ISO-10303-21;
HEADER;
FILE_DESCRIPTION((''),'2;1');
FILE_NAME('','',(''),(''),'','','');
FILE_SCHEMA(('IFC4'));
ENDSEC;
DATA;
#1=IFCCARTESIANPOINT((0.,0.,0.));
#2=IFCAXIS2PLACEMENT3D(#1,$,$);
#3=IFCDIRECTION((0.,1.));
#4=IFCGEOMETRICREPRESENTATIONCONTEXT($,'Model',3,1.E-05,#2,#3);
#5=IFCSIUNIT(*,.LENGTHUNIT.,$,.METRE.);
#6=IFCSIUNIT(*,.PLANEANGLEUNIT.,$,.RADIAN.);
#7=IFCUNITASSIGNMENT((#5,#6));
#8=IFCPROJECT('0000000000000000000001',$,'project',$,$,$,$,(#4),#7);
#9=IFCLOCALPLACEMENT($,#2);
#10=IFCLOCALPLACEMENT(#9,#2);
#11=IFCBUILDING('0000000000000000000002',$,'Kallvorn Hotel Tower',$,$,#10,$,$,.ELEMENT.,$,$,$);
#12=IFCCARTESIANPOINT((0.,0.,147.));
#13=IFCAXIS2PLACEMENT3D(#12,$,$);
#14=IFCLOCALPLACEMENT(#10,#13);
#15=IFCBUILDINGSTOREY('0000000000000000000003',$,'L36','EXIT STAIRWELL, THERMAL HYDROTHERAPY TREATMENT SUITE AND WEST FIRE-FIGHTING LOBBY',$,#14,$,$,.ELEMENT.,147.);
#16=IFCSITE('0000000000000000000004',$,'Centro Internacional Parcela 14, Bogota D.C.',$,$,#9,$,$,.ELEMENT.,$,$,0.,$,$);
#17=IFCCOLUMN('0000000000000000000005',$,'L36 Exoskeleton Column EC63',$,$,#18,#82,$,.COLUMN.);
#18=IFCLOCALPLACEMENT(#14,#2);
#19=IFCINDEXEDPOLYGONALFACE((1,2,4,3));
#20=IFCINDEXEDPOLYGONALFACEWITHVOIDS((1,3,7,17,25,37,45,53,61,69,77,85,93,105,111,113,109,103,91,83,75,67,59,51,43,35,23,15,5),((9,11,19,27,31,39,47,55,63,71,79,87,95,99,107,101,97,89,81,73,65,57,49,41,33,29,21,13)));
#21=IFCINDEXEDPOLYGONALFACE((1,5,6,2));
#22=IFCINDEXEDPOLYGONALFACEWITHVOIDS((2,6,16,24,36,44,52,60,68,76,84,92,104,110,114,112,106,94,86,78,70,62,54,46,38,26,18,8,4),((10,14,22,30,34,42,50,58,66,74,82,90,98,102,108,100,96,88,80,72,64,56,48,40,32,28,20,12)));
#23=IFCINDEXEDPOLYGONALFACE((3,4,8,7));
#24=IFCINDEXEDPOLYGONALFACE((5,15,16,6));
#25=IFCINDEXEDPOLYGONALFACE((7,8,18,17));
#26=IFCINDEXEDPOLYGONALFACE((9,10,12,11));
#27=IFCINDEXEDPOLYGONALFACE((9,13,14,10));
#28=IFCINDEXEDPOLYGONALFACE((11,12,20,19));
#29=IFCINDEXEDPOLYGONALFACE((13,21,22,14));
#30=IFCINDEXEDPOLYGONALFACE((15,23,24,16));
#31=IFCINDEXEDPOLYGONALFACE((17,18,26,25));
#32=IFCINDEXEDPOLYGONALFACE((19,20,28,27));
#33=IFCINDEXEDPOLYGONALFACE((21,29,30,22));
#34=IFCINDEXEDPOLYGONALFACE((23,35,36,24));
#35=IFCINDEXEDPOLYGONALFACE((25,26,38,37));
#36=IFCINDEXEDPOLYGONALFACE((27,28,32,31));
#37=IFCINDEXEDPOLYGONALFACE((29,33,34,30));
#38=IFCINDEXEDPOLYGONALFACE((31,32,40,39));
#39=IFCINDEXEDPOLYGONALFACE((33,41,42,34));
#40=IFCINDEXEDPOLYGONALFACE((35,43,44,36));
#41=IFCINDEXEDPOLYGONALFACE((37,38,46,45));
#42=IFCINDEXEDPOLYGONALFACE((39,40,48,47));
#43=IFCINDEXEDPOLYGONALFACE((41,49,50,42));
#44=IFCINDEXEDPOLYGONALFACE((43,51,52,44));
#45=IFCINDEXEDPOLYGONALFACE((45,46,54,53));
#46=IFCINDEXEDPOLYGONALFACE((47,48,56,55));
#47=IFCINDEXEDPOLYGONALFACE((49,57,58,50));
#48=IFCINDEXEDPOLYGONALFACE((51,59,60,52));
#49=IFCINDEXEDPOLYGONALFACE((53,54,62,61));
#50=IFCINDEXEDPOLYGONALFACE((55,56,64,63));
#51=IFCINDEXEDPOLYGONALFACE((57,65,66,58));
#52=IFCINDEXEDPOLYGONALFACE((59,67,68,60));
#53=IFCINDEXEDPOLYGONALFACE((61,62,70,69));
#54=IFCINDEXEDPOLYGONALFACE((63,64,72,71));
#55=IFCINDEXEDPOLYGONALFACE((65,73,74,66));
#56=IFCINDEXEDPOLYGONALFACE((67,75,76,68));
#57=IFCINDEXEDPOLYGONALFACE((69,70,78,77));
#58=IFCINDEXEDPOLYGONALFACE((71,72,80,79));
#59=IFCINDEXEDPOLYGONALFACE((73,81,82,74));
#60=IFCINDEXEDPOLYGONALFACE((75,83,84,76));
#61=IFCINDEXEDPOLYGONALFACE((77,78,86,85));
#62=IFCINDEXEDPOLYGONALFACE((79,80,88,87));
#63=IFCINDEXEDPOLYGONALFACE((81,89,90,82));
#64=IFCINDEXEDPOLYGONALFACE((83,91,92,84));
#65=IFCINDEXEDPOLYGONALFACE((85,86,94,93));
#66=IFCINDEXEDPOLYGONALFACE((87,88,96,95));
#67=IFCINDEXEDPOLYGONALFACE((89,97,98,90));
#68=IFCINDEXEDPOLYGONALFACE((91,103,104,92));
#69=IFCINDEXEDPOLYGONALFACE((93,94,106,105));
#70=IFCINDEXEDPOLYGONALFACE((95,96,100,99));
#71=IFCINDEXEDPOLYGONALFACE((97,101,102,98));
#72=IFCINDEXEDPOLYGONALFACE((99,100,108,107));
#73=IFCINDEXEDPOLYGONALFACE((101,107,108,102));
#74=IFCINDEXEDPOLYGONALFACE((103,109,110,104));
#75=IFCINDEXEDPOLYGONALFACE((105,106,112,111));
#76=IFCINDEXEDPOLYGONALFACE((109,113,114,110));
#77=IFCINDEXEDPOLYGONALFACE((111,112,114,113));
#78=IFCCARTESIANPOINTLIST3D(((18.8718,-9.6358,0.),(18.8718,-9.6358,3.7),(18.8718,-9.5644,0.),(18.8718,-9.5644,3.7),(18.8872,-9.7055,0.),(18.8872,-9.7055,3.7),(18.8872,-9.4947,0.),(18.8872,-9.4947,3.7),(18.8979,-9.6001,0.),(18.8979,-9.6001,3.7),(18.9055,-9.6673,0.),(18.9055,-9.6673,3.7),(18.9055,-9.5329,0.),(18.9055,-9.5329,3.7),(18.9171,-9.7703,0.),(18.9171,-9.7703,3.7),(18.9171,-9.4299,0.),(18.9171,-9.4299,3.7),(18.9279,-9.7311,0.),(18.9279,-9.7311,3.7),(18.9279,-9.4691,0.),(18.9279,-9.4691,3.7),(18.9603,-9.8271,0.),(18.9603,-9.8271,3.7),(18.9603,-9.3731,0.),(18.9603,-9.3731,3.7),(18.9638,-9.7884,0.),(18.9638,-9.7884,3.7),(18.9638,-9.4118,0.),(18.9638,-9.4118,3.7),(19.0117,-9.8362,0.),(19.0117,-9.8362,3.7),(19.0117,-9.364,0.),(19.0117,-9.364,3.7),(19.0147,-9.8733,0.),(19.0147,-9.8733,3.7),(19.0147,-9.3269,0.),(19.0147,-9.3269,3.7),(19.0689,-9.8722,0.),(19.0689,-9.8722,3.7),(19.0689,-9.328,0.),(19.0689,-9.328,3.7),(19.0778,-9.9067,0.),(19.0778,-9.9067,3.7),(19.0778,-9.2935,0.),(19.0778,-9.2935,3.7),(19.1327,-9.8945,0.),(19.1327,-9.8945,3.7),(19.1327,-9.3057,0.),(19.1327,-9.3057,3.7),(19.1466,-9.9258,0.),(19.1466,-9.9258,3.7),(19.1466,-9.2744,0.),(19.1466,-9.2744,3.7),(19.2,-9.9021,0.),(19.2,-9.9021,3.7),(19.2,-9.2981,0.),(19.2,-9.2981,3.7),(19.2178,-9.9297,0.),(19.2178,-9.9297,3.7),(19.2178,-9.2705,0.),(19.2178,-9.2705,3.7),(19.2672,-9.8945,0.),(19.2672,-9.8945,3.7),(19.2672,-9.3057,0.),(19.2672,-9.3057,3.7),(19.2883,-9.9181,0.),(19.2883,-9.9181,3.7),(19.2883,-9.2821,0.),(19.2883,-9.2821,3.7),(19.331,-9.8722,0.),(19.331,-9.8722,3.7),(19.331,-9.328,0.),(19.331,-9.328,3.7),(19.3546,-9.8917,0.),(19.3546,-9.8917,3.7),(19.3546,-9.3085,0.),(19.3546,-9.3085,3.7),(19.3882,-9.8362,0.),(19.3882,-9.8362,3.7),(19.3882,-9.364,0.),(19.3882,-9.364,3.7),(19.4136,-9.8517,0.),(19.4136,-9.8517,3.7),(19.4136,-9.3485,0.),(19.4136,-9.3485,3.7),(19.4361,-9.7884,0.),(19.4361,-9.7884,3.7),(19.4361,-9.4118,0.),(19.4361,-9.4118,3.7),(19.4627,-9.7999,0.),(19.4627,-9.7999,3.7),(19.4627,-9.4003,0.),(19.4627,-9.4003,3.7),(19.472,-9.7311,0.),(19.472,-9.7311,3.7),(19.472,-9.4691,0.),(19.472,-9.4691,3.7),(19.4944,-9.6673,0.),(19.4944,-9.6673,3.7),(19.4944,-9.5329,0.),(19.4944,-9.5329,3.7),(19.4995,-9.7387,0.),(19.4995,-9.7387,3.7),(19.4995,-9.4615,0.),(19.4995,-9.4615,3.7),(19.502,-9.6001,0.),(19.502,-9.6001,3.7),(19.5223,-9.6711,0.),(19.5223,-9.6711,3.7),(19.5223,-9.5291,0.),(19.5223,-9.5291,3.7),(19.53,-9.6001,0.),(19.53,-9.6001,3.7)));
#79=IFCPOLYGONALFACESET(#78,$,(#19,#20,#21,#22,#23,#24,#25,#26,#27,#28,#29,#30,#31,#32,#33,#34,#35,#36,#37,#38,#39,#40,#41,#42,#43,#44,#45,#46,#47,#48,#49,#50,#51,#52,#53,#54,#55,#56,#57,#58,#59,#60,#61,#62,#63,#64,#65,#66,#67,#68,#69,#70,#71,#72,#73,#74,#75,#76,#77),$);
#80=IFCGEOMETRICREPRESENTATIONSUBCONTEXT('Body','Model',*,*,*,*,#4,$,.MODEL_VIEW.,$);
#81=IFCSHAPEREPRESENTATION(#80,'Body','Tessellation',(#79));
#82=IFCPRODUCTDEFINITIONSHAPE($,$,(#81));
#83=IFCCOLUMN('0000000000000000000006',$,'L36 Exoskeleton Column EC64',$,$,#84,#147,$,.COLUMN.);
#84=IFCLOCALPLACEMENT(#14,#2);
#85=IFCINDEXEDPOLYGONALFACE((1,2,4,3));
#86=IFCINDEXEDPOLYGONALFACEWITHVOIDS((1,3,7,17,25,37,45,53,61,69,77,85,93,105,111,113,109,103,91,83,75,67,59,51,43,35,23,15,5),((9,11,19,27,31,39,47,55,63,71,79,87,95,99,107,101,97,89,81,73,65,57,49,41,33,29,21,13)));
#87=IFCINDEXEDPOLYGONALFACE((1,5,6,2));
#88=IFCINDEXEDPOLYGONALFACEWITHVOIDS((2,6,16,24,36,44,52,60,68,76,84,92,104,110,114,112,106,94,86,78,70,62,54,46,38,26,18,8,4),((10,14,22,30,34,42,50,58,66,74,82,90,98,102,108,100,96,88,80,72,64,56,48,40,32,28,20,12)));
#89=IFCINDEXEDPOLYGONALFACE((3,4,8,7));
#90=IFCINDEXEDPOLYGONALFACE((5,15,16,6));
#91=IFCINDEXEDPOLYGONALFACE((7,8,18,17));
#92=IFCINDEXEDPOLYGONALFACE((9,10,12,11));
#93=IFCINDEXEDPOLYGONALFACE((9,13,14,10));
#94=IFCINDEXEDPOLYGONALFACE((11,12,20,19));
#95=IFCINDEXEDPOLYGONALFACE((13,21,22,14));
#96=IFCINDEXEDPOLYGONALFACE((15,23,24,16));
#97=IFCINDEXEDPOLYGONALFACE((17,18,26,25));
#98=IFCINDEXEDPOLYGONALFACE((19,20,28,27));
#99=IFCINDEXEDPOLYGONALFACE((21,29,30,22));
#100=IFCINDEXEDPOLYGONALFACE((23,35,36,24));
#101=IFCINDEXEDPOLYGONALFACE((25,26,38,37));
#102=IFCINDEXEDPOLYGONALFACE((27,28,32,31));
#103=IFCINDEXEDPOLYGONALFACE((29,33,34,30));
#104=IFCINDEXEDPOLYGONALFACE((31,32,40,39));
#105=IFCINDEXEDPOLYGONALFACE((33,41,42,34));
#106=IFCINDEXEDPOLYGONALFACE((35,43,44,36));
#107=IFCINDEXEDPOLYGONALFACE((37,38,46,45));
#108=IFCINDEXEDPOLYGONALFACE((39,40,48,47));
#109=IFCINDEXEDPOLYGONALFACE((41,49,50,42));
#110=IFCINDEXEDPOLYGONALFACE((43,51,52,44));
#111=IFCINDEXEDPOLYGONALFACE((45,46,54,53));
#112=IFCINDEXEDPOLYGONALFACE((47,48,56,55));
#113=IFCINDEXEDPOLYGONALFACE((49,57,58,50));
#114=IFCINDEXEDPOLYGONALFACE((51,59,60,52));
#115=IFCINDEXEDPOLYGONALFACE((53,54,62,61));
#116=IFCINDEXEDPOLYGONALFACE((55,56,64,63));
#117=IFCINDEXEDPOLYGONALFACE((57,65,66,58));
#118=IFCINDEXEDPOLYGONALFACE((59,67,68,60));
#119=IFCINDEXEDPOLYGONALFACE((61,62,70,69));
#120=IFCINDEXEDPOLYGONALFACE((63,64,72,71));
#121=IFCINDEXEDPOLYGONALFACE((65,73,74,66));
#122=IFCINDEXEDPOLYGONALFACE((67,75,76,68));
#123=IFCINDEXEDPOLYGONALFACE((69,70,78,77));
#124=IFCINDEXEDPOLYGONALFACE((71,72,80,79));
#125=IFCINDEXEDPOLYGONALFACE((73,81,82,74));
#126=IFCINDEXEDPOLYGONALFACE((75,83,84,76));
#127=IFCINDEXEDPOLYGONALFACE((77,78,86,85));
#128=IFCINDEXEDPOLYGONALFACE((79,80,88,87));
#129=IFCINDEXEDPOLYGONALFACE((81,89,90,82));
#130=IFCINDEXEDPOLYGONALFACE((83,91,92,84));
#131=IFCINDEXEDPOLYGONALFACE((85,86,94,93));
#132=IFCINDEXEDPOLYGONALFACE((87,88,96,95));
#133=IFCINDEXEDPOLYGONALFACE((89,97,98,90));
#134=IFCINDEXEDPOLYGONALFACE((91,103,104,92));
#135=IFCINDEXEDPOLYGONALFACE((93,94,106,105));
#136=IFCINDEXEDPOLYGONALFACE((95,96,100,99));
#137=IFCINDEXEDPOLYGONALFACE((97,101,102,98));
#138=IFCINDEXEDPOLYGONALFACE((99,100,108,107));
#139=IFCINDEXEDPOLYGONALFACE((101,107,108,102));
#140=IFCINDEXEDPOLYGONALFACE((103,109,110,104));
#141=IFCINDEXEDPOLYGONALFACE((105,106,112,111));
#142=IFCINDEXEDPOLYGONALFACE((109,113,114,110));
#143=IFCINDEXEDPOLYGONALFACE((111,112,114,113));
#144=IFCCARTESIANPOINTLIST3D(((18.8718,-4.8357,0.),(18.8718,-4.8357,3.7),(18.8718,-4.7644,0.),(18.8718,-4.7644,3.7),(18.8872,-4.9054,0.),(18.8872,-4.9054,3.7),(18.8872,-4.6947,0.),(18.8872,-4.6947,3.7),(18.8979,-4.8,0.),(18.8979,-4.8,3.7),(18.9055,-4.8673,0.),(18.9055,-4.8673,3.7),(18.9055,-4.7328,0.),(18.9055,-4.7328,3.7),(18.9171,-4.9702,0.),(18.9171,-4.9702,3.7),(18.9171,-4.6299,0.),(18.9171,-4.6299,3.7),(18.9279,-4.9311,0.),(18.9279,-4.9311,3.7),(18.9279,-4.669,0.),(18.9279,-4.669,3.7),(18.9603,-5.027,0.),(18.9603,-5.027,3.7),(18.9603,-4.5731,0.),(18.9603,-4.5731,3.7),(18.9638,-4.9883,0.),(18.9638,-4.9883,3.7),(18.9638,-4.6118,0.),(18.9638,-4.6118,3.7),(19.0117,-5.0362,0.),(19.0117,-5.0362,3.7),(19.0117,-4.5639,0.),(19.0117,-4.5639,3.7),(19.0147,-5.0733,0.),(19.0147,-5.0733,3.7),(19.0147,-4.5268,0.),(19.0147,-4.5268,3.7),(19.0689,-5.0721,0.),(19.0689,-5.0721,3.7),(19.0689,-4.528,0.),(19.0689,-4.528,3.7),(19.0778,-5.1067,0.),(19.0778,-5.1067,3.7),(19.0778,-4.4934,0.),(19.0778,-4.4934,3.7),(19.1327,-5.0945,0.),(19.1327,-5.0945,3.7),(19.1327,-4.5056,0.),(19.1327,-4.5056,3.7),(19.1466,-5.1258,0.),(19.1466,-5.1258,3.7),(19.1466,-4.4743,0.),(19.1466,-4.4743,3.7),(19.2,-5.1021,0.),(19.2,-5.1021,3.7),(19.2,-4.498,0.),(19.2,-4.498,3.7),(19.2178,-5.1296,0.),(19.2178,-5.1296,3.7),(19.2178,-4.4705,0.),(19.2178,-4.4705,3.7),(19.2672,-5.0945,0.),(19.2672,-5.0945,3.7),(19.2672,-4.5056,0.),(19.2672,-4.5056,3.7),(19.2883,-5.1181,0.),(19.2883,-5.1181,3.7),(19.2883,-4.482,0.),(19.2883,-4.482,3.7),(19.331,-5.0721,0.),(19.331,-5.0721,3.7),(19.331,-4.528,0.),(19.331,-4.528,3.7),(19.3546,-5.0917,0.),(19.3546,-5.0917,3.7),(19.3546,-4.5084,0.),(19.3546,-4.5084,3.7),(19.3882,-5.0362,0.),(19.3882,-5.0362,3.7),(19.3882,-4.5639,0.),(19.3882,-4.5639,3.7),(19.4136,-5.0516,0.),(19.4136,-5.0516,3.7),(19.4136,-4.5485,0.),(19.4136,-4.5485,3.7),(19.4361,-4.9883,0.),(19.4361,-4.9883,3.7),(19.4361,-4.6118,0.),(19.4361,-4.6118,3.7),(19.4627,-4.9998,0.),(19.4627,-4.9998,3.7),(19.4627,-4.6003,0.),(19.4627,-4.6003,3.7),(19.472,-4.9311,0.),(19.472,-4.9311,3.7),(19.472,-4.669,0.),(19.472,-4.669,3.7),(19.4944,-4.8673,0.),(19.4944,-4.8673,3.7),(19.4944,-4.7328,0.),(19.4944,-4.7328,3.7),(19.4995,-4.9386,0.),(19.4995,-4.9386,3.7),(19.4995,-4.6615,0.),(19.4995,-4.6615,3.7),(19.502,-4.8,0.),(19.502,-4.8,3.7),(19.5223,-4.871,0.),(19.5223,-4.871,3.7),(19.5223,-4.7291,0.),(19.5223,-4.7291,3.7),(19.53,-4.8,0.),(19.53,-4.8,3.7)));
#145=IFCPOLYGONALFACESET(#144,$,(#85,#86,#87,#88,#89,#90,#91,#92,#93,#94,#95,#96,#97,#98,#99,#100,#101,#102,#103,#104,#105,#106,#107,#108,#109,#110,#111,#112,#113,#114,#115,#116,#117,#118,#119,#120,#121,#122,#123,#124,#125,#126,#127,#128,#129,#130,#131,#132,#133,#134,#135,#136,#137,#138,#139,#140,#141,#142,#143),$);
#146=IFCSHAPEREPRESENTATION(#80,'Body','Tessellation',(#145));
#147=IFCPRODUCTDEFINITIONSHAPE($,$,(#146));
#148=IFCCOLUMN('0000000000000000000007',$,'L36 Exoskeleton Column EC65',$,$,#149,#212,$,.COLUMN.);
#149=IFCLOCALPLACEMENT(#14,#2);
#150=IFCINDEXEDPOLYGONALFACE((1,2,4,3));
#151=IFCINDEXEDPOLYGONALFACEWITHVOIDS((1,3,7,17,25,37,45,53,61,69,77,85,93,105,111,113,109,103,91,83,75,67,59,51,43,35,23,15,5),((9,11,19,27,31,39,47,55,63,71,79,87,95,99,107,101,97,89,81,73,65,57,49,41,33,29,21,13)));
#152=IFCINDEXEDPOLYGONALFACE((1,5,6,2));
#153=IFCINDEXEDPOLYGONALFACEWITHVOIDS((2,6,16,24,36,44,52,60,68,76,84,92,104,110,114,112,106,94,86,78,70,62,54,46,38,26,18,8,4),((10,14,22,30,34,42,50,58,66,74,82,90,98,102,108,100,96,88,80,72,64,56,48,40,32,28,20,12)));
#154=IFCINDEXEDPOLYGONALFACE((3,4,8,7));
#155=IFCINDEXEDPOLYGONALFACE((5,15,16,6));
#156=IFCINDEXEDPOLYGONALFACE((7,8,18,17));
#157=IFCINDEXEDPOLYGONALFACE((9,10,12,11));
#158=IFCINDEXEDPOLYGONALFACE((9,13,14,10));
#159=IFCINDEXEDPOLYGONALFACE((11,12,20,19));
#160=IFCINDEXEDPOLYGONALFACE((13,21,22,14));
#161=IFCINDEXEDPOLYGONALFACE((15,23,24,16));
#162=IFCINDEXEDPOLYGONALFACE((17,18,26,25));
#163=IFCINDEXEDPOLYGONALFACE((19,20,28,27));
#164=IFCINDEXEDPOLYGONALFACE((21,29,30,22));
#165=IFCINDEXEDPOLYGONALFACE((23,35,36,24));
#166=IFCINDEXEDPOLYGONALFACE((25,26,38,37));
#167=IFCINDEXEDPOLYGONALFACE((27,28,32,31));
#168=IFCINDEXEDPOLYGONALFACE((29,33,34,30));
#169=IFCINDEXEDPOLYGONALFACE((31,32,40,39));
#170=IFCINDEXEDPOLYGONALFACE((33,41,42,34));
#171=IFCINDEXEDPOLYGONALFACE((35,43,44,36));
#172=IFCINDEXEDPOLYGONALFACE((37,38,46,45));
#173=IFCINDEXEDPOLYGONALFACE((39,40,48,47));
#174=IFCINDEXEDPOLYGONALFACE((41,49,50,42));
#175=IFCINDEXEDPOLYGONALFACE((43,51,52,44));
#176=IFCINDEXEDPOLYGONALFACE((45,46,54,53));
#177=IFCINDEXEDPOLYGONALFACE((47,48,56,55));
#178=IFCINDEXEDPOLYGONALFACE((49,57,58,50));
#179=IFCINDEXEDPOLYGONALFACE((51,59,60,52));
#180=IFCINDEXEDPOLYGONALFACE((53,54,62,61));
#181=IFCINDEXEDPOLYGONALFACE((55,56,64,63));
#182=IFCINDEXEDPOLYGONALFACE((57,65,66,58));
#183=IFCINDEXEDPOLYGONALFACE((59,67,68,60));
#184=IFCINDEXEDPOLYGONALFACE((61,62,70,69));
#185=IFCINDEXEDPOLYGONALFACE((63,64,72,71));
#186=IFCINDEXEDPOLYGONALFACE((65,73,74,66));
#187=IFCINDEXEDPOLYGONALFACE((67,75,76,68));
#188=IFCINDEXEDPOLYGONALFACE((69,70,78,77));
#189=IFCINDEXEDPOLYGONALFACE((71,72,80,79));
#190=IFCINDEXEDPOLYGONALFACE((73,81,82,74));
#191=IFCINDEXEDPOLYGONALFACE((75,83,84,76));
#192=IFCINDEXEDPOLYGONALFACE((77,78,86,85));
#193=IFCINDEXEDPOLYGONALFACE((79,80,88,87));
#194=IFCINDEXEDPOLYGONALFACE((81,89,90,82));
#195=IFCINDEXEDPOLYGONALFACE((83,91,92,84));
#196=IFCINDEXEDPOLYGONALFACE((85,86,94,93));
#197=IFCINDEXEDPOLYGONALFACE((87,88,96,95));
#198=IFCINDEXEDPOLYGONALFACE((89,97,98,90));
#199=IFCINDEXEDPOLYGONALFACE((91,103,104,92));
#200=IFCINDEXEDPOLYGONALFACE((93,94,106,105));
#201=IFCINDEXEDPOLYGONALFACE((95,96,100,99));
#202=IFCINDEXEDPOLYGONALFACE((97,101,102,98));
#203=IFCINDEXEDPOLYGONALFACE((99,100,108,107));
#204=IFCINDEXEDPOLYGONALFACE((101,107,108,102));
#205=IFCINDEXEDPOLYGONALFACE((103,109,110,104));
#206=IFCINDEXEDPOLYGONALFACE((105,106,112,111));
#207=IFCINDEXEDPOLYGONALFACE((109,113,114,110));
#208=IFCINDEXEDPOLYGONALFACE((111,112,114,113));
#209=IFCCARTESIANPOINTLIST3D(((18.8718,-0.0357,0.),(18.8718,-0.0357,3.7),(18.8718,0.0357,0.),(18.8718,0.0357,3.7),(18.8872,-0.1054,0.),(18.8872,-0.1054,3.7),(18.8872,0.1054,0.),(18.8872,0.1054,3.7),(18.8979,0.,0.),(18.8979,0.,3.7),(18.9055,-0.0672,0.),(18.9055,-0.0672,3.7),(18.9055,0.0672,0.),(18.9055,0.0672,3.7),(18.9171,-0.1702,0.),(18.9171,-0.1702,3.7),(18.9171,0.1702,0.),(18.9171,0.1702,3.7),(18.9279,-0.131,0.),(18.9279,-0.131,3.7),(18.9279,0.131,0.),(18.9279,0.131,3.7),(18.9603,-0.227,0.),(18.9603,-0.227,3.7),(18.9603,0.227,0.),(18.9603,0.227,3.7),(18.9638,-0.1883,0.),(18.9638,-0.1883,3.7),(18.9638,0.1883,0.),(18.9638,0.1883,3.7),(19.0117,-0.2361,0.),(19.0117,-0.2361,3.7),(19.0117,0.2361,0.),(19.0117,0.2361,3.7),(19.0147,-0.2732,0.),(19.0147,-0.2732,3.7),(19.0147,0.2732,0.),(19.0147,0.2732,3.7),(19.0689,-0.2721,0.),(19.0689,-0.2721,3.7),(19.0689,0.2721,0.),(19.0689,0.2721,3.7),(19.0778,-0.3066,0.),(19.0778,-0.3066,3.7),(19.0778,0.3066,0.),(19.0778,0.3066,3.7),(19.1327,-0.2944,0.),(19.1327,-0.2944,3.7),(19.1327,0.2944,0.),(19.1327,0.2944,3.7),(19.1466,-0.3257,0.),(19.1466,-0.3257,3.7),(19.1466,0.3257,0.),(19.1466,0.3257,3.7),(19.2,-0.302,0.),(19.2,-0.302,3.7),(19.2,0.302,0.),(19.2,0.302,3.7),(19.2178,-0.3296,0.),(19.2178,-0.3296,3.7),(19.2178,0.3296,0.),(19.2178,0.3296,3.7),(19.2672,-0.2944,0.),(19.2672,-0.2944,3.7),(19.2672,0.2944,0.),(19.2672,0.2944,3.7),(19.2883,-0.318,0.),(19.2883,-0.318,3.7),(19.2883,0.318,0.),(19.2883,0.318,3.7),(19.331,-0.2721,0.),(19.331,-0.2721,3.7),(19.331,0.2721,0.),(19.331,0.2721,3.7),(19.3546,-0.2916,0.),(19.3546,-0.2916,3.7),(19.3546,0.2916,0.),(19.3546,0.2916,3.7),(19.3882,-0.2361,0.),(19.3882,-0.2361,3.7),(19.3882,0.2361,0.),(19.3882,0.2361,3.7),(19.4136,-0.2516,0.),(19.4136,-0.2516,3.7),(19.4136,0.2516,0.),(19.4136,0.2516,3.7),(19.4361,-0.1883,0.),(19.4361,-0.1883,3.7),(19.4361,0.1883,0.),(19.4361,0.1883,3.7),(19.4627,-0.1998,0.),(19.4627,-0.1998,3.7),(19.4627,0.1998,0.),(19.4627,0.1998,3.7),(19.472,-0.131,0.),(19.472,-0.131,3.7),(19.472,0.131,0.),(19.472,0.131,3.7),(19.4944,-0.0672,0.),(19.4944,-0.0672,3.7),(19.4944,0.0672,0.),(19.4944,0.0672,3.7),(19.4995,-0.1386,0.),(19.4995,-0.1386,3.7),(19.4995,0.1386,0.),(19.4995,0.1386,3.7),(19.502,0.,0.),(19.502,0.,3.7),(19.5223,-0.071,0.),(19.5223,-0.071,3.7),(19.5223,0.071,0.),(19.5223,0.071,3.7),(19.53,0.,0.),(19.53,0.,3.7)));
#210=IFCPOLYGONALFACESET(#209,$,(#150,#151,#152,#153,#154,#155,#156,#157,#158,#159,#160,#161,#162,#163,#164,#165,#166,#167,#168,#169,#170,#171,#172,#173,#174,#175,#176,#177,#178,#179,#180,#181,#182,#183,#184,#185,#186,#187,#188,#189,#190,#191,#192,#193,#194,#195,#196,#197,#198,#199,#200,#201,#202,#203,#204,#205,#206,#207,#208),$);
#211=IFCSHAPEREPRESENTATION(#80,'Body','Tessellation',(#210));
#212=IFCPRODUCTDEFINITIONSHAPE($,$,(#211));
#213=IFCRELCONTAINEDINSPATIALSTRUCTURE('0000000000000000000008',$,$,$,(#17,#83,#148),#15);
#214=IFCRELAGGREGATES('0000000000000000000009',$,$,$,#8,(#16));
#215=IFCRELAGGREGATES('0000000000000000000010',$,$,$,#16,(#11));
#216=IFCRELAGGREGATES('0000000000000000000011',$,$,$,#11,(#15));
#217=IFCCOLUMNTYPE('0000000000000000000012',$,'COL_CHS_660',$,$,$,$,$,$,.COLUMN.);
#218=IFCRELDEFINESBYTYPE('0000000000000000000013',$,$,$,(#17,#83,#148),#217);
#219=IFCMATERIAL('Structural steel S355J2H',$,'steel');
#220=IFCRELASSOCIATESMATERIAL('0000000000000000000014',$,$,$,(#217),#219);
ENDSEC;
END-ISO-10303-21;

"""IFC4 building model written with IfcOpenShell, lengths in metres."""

from ifc_helpers import new_model, si_unit, direction, frame, origin, origin_2d, place, context, subcontext, project, spatial, hollow_circle, extrude, material, material_profile, profile_set, type_object, element, save


model = new_model("IFC4")

# Units and contexts
model_context = context("Model", 3, precision=1e-05, world=origin(), true_north=direction((0.0, 1.0)))
body_context = subcontext(model_context, "Body", "Model", "MODEL_VIEW")
ifc_project = project(units=[si_unit("LENGTHUNIT", "METRE"), si_unit("PLANEANGLEUNIT", "RADIAN")], contexts=[model_context])

# Site, building, storey
site_placement = place(None, origin())
site = spatial("IfcSite", under=ifc_project, at=site_placement, Name="Centro Internacional Parcela 14, Bogota D.C.", CompositionType="ELEMENT", RefElevation=0.0)
building_placement = place(site_placement, origin())
building = spatial("IfcBuilding", under=site, at=building_placement, Name="Kallvorn Hotel Tower", CompositionType="ELEMENT")
storey_placement = place(building_placement, frame((0.0, 0.0, 147.0)))
storey = spatial("IfcBuildingStorey", under=building, at=storey_placement, Name="L36", Description="EXIT STAIRWELL, THERMAL HYDROTHERAPY TREATMENT SUITE AND WEST FIRE-FIGHTING LOBBY", CompositionType="ELEMENT", Elevation=147.0)

# Columns
ifc_material_1 = material(Name="Structural steel S355J2H", Category="steel")
ifc_material_profile_1 = material_profile(ifc_material_1, hollow_circle(Radius=0.3301, WallThickness=0.0281, at=origin_2d()), Name="CHS 660x28")
ifc_profile_set_1 = profile_set([ifc_material_profile_1], Name="Structural steel S355J2H")
column_type_1 = type_object("IfcColumnType", Name="COL_CHS_660", PredefinedType="COLUMN", material=ifc_profile_set_1)
for number, where, z_axis, x_axis, name in (
    (1, (19.2, -9.6001, 0.0), (0.0, 0.0, 1.0), (1.0, 0.0, 0.0), "L36 Exoskeleton Column EC63"),
    (2, (19.2, -4.8, 0.0), (0.0, 0.0, 1.0), (1.0, 0.0, 0.0), "L36 Exoskeleton Column EC64"),
    (3, (19.2, 0.0, 0.0), (0.0, 0.0, 1.0), (1.0, 0.0, 0.0), "L36 Exoskeleton Column EC65"),
):
    element("IfcColumn", number, at=place(storey_placement, frame(where, z_axis=z_axis, x_axis=x_axis)), inside=storey, type_object=column_type_1, Name=name, PredefinedType="COLUMN", context=body_context, shape_type="SweptSolid", body=[
        extrude(hollow_circle(Radius=0.3301, WallThickness=0.0281, at=origin_2d()), origin(), (0.0, 0.0, 1.0), 3.7),
    ])

save(model, "model.ifc")
